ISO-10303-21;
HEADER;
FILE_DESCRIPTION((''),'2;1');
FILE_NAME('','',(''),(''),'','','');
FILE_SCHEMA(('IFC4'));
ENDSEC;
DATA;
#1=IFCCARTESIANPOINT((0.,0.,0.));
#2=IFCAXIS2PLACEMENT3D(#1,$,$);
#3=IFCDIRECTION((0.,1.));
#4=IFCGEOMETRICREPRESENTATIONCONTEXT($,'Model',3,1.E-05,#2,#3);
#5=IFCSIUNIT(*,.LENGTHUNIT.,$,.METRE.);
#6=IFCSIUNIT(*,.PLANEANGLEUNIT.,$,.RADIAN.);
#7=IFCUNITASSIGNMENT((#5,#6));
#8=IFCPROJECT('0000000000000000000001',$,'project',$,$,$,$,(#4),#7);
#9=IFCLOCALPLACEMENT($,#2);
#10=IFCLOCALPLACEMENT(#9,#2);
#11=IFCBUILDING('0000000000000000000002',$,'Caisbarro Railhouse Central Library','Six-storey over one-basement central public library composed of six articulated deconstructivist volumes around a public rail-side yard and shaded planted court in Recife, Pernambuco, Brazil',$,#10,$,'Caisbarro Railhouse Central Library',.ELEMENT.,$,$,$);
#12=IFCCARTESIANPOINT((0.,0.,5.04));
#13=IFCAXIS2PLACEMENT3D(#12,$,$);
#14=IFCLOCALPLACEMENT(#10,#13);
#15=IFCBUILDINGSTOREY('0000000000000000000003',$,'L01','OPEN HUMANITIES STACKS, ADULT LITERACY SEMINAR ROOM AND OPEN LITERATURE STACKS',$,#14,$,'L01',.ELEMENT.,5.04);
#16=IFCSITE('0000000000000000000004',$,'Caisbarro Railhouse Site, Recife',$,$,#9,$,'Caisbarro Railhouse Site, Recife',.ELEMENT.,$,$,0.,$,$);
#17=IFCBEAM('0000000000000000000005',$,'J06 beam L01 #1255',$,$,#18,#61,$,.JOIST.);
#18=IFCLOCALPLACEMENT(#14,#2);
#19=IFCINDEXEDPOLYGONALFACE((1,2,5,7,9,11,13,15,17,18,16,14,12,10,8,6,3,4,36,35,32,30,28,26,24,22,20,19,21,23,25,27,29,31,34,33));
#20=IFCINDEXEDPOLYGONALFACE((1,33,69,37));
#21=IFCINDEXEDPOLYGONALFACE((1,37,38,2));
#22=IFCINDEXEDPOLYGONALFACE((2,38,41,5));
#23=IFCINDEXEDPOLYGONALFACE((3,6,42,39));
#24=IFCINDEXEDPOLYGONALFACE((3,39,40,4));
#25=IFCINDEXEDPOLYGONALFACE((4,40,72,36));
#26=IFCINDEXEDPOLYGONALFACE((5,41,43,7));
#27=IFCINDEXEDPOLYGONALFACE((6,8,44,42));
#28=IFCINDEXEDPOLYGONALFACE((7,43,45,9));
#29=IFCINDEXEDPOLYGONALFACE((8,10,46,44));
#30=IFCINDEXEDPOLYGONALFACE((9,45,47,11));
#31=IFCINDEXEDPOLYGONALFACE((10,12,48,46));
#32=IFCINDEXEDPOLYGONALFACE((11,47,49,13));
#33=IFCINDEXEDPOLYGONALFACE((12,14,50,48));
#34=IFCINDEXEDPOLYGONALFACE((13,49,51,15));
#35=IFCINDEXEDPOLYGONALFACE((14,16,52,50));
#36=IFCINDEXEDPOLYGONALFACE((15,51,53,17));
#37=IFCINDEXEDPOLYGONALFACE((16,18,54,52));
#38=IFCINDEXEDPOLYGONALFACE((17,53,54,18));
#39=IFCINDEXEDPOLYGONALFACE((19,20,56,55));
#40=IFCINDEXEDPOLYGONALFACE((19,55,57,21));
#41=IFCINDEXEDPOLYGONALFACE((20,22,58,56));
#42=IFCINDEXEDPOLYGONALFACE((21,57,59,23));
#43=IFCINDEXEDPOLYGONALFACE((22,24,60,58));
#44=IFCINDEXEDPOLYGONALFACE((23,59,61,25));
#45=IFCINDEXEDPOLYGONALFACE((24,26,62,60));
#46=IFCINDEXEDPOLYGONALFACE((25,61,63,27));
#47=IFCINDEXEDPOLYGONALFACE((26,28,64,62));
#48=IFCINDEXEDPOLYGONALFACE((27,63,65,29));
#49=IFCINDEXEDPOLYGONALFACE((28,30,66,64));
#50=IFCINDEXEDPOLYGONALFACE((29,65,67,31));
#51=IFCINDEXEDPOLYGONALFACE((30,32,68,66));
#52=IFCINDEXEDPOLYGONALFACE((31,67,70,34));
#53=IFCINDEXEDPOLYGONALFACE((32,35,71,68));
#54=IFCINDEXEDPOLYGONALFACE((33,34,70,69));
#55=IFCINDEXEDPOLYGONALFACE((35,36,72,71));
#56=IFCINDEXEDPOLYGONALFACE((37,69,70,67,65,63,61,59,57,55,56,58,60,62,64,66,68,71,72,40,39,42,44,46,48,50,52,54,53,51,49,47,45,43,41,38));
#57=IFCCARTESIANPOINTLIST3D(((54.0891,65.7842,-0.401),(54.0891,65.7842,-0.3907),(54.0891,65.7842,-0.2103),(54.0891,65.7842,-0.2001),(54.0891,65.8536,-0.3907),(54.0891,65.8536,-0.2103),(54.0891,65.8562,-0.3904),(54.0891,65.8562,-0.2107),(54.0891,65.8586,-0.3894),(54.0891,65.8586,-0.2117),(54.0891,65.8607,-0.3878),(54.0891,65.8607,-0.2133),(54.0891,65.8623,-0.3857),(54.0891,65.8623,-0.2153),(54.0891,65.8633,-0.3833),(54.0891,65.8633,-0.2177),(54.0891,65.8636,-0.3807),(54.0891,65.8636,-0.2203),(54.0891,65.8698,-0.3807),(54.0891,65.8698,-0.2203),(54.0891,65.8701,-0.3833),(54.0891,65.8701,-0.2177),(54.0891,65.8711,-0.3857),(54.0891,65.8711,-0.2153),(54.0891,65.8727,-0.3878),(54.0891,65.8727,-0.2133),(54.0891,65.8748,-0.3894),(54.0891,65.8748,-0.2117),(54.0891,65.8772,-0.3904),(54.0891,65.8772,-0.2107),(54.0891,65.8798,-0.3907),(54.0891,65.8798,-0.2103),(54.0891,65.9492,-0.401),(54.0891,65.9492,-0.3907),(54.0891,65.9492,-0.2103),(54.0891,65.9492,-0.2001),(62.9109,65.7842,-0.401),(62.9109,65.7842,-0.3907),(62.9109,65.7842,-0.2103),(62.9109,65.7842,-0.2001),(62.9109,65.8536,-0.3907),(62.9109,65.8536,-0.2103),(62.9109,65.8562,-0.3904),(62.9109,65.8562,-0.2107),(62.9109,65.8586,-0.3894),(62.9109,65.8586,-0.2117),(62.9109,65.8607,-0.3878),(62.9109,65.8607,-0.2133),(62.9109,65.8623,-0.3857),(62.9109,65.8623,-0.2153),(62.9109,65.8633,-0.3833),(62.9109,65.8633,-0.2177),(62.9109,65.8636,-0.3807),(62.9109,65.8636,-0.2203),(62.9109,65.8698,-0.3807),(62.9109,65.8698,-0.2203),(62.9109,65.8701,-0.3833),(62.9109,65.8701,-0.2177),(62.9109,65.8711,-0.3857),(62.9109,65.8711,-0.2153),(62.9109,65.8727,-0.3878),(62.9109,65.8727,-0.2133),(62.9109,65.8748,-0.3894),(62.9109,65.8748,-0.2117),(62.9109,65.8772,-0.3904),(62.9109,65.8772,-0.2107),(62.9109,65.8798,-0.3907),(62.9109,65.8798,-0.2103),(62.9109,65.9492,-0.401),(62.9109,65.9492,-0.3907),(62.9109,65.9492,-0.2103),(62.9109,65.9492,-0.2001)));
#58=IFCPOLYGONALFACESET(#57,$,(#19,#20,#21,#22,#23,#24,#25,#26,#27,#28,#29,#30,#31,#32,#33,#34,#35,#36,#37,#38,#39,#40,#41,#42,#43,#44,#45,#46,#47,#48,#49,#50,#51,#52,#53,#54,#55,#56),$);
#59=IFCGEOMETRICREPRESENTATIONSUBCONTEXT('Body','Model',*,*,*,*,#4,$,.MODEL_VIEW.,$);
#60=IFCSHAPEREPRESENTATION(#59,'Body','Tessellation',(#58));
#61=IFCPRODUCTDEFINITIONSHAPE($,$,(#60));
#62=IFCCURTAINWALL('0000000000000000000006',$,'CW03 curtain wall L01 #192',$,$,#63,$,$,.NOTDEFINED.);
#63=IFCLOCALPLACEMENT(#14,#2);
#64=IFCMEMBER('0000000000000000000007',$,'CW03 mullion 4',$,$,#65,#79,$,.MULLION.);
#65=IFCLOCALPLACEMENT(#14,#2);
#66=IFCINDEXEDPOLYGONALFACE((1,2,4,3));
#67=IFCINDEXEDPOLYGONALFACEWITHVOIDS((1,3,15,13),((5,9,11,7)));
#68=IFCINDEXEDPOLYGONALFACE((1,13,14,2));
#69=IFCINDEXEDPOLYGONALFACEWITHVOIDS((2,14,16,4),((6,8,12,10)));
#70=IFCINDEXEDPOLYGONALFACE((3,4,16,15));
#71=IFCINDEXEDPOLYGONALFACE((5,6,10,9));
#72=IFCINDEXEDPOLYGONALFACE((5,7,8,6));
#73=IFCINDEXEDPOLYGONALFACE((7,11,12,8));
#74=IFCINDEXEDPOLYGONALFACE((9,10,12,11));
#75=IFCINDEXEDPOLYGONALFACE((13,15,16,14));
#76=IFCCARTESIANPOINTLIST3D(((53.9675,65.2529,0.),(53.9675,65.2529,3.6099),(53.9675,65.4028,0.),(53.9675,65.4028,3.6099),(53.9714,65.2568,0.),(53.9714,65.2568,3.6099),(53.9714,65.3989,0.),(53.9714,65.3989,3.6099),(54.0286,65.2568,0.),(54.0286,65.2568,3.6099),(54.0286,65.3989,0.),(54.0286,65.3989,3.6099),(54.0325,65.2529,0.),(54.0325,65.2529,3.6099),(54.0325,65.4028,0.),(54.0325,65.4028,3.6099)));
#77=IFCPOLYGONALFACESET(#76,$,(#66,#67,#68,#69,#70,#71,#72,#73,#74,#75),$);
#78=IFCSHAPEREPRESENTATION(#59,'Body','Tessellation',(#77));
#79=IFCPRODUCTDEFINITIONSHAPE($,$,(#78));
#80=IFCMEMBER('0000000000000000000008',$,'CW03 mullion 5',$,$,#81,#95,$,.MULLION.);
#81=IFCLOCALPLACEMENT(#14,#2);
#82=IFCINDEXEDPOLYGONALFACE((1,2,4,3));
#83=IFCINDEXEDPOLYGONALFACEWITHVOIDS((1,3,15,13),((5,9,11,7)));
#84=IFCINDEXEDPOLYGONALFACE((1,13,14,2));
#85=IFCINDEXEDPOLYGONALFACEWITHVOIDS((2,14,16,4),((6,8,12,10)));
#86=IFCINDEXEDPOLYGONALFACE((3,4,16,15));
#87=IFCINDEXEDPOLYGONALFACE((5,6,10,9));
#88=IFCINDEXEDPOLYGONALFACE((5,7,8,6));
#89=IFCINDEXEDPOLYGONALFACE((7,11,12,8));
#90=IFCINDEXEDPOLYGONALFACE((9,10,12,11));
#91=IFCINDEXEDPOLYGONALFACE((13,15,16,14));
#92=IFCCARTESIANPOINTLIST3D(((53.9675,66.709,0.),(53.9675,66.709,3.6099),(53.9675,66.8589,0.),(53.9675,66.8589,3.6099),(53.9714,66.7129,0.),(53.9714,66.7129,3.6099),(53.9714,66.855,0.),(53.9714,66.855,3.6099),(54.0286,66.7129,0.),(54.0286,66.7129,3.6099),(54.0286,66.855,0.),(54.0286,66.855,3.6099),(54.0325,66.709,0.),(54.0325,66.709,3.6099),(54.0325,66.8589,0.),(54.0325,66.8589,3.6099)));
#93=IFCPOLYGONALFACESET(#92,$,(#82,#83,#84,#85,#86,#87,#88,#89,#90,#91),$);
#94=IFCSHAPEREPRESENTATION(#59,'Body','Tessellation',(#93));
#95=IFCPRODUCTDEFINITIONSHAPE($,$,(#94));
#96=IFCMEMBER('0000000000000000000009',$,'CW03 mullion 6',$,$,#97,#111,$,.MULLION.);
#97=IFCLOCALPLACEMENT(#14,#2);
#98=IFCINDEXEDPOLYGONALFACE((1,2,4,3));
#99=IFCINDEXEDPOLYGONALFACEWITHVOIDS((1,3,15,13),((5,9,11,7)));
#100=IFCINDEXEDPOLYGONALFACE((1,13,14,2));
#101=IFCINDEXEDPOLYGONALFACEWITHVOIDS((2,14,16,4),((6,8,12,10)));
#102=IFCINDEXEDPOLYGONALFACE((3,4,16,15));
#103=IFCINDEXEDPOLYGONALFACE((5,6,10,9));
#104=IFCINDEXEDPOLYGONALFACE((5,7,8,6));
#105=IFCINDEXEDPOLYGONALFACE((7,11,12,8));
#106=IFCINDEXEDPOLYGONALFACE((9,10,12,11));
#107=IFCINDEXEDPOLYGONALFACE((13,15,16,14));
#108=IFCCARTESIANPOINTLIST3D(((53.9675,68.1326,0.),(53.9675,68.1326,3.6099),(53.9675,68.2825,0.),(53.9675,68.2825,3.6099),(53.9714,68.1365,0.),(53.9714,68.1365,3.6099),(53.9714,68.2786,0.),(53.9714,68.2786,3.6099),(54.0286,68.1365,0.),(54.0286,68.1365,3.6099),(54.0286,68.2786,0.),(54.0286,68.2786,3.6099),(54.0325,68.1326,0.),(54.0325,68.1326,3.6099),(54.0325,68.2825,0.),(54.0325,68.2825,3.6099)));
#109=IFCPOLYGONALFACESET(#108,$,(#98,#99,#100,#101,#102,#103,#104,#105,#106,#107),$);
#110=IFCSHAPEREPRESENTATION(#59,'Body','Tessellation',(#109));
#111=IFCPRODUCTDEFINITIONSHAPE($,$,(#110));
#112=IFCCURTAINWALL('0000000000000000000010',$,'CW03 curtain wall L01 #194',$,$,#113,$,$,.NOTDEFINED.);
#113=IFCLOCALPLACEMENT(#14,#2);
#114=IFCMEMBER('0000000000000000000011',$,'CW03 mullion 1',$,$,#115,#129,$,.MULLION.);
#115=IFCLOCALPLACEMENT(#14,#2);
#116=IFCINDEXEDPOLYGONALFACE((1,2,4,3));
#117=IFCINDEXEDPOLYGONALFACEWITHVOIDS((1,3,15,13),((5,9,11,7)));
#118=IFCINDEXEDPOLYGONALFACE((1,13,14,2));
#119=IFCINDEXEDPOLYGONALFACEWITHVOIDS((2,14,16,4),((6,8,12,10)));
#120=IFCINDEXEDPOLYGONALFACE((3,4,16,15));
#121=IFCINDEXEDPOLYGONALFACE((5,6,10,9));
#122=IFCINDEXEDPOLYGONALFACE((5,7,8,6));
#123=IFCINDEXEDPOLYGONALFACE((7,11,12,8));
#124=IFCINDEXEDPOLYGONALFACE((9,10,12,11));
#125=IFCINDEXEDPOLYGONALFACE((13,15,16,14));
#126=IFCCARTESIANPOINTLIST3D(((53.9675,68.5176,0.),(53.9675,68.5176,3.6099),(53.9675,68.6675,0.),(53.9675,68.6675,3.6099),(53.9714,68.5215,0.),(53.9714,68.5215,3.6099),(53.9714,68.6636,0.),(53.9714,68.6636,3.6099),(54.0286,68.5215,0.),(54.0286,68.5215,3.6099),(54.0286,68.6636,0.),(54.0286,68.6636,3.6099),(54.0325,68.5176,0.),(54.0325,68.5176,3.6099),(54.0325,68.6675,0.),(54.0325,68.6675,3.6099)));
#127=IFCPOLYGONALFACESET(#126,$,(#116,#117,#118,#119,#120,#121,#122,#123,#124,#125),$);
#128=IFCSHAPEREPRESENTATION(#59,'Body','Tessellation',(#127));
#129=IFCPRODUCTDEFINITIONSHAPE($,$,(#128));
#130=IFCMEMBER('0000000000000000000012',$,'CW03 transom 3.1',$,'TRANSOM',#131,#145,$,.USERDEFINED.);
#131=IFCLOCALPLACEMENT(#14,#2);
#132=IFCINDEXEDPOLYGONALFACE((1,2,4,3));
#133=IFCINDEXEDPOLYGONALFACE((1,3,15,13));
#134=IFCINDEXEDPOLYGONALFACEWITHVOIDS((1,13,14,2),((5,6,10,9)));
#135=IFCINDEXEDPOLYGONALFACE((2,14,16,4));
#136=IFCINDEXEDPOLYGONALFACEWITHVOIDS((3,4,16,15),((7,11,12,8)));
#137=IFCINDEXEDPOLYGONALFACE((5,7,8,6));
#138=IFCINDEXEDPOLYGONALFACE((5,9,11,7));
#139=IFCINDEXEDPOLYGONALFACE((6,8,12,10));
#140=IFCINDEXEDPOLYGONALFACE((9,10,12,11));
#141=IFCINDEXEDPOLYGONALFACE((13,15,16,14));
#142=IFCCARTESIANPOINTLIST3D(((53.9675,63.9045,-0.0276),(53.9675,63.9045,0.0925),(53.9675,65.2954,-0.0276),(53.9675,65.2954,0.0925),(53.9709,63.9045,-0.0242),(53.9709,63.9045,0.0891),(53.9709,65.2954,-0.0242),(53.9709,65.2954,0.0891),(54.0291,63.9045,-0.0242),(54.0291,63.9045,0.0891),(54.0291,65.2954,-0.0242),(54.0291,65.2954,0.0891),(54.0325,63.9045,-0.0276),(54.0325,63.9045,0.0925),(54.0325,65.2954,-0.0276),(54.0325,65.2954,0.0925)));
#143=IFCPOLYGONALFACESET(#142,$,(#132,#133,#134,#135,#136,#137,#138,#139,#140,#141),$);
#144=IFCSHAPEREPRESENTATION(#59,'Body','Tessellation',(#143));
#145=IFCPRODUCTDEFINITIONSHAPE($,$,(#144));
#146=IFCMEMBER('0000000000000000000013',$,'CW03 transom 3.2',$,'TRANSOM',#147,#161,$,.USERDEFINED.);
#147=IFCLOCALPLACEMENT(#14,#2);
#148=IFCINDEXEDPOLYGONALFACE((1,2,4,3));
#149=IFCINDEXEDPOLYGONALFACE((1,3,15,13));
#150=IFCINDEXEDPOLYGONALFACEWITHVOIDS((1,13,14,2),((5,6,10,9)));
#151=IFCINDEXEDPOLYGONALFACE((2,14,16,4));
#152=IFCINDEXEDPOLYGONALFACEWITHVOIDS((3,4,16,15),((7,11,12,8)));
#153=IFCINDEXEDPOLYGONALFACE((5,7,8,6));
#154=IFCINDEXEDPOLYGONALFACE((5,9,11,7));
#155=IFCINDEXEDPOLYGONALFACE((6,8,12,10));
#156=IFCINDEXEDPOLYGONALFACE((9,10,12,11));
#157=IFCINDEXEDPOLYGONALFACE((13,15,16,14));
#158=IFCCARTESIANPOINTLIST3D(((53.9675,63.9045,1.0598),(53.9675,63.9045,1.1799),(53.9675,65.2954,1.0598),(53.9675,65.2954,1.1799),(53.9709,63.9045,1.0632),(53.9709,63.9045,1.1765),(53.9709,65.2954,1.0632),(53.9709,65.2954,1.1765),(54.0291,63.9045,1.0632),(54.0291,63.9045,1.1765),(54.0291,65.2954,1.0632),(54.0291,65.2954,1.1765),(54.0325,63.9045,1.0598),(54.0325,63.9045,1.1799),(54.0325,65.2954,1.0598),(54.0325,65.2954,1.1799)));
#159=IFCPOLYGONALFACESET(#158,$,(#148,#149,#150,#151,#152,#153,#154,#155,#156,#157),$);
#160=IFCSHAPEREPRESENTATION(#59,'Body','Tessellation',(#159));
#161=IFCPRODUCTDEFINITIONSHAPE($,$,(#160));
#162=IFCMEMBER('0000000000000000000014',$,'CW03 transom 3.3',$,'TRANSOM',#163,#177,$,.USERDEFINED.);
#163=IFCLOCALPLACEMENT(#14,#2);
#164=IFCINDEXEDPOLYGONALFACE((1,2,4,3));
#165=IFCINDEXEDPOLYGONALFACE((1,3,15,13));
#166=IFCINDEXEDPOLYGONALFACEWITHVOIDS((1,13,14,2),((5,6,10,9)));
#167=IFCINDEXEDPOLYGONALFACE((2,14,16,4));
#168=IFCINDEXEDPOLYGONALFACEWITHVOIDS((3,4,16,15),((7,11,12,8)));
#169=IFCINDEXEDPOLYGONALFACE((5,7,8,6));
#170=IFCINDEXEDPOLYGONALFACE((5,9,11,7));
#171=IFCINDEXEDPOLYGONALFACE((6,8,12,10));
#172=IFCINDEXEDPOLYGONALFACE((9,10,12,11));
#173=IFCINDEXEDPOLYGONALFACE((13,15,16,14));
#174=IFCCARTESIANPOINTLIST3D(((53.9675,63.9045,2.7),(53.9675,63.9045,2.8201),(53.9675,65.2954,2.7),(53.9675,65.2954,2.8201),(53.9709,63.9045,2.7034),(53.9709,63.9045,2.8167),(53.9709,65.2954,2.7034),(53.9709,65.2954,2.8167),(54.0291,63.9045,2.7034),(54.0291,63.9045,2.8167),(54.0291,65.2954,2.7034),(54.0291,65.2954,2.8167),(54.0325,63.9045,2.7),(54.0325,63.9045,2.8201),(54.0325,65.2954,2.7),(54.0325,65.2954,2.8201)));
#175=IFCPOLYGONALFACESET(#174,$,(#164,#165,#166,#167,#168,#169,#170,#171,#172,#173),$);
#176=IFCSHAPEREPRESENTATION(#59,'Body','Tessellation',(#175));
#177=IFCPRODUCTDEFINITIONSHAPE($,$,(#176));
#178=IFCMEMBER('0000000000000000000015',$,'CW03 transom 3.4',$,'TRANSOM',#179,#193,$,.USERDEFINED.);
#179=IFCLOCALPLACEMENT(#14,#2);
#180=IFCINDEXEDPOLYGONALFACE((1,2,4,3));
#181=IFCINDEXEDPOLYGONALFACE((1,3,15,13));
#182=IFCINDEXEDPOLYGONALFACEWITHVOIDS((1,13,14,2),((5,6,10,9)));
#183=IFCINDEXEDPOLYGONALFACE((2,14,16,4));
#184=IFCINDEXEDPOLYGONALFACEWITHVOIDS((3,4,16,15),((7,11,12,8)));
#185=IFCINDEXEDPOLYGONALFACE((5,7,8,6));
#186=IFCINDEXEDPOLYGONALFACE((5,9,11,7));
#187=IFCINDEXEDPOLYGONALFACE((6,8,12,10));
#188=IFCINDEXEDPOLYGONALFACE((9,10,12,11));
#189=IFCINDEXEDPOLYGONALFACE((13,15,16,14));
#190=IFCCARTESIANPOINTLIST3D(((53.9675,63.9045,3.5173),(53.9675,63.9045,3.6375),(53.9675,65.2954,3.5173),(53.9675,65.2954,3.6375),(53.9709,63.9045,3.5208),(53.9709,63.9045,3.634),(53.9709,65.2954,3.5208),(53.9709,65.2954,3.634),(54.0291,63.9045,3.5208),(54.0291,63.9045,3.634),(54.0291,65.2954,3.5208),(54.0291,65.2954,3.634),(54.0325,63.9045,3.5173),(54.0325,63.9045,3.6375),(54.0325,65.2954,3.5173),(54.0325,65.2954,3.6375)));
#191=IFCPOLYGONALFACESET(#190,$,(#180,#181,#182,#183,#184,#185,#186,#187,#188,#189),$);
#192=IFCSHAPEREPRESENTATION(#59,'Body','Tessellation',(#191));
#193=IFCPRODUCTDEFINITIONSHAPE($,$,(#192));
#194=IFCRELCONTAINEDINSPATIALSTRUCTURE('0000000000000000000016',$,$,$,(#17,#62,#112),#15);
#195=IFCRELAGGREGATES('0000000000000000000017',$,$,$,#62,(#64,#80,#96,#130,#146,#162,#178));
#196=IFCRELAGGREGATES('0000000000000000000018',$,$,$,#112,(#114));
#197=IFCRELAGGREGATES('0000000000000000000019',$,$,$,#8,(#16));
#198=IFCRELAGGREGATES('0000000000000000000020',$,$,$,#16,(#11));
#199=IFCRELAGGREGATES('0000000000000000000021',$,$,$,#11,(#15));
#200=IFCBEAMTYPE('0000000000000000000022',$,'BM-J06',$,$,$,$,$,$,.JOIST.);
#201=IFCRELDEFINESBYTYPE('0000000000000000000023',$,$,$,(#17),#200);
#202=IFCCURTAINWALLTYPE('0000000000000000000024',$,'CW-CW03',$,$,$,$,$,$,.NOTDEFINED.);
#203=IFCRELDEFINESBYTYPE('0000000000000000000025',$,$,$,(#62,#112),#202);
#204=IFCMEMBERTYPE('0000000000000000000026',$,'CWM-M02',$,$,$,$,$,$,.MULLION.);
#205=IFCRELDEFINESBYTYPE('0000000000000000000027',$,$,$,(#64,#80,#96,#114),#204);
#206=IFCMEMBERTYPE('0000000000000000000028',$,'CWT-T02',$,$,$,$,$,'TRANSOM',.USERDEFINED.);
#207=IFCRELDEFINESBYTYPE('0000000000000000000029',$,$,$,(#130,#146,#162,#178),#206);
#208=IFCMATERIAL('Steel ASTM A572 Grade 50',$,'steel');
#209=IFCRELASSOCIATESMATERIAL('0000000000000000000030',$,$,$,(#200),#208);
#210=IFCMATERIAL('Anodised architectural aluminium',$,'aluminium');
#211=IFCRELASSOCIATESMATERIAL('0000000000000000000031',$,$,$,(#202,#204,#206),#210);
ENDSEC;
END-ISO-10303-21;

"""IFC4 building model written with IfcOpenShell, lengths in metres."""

from ifc_helpers import new_model, si_unit, direction, frame, origin, origin_2d, place, context, subcontext, project, spatial, hollow_rectangle, i_section, extrude, material, material_profile, profile_set, type_object, element, aggregate, save


model = new_model("IFC4")

# Units and contexts
model_context = context("Model", 3, precision=1e-05, world=origin(), true_north=direction((0.0, 1.0)))
body_context = subcontext(model_context, "Body", "Model", "MODEL_VIEW")
ifc_project = project(units=[si_unit("LENGTHUNIT", "METRE"), si_unit("PLANEANGLEUNIT", "RADIAN")], contexts=[model_context])

# Site, building, storey
site_placement = place(None, origin())
site = spatial("IfcSite", under=ifc_project, at=site_placement, Name="Caisbarro Railhouse Site, Recife", LongName="Caisbarro Railhouse Site, Recife", CompositionType="ELEMENT", RefElevation=0.0)
building_placement = place(site_placement, origin())
building = spatial("IfcBuilding", under=site, at=building_placement, Name="Caisbarro Railhouse Central Library", Description="Six-storey over one-basement central public library composed of six articulated deconstructivist volumes around a public rail-side yard and shaded planted court in Recife, Pernambuco, Brazil", LongName="Caisbarro Railhouse Central Library", CompositionType="ELEMENT")
storey_placement = place(building_placement, frame((0.0, 0.0, 5.04)))
storey = spatial("IfcBuildingStorey", under=building, at=storey_placement, Name="L01", Description="OPEN HUMANITIES STACKS, ADULT LITERACY SEMINAR ROOM AND OPEN LITERATURE STACKS", LongName="L01", CompositionType="ELEMENT", Elevation=5.04)

# Shared definitions
ifc_material_1 = material(Name="Steel ASTM A572 Grade 50", Category="steel")

# Beam
ifc_material_profile_1 = material_profile(ifc_material_1, i_section(OverallWidth=0.165, OverallDepth=0.2009, WebThickness=0.0061, FlangeThickness=0.0103, FilletRadius=0.01, at=origin_2d()), Name="W200X35.9")
ifc_profile_set_1 = profile_set([ifc_material_profile_1], Name="Steel ASTM A572 Grade 50")
beam_type_1 = type_object("IfcBeamType", Name="BM-J06", PredefinedType="JOIST", material=ifc_profile_set_1)
beam_1_placement = place(storey_placement, frame((54.0891, 65.8667, -0.3005), z_axis=(1.0, 0.0, 0.0), x_axis=(0.0, 1.0, 0.0)))
element("IfcBeam", 1, at=beam_1_placement, inside=storey, type_object=beam_type_1, Name="J06 beam L01 #1255", PredefinedType="JOIST", context=body_context, shape_type="SweptSolid", body=[
    extrude(i_section(OverallWidth=0.165, OverallDepth=0.2009, WebThickness=0.0061, FlangeThickness=0.0103, FilletRadius=0.01, at=origin_2d()), origin(), (0.0, 0.0, 1.0), 8.8218),
])

# Curtain wall, members
ifc_material_2 = material(Name="Anodised architectural aluminium", Category="aluminium")
curtain_wall_type = type_object("IfcCurtainWallType", Name="CW-CW03", PredefinedType="NOTDEFINED", material=ifc_material_2)
curtain_wall_1_placement = place(storey_placement, origin())
curtain_wall_1 = element("IfcCurtainWall", 2, at=curtain_wall_1_placement, inside=storey, type_object=curtain_wall_type, Name="CW03 curtain wall L01 #192", PredefinedType="NOTDEFINED")
ifc_material_profile_2 = material_profile(ifc_material_2, hollow_rectangle(XDim=0.0649, YDim=0.1499, WallThickness=0.0039, at=origin_2d()), Name="ALU-MUL-65X150")
ifc_profile_set_2 = profile_set([ifc_material_profile_2], Name="Anodised architectural aluminium")
member_type_1 = type_object("IfcMemberType", Name="CWM-M02", PredefinedType="MULLION", material=ifc_profile_set_2)
member_1_placement = place(storey_placement, frame((54.0, 65.3279, 0.0), z_axis=(0.0, 0.0, 1.0), x_axis=(-1.0, 0.0, 0.0)))
member_1 = element("IfcMember", 3, at=member_1_placement, type_object=member_type_1, Name="CW03 mullion 4", PredefinedType="MULLION", context=body_context, shape_type="SweptSolid", body=[
    extrude(hollow_rectangle(XDim=0.0649, YDim=0.1499, WallThickness=0.0039, at=origin_2d()), origin(), (0.0, 0.0, 1.0), 3.6099),
])
member_2_placement = place(storey_placement, frame((54.0, 66.7839, 0.0), z_axis=(0.0, 0.0, 1.0), x_axis=(-1.0, 0.0, 0.0)))
member_2 = element("IfcMember", 4, at=member_2_placement, type_object=member_type_1, Name="CW03 mullion 5", PredefinedType="MULLION", context=body_context, shape_type="SweptSolid", body=[
    extrude(hollow_rectangle(XDim=0.0649, YDim=0.1499, WallThickness=0.0039, at=origin_2d()), origin(), (0.0, 0.0, 1.0), 3.6099),
])
member_3_placement = place(storey_placement, frame((54.0, 68.2075, 0.0), z_axis=(0.0, 0.0, 1.0), x_axis=(-1.0, 0.0, 0.0)))
member_3 = element("IfcMember", 5, at=member_3_placement, type_object=member_type_1, Name="CW03 mullion 6", PredefinedType="MULLION", context=body_context, shape_type="SweptSolid", body=[
    extrude(hollow_rectangle(XDim=0.0649, YDim=0.1499, WallThickness=0.0039, at=origin_2d()), origin(), (0.0, 0.0, 1.0), 3.6099),
])

# Curtain wall, member
curtain_wall_2_placement = place(storey_placement, origin())
curtain_wall_2 = element("IfcCurtainWall", 6, at=curtain_wall_2_placement, inside=storey, type_object=curtain_wall_type, Name="CW03 curtain wall L01 #194", PredefinedType="NOTDEFINED")
member_4_placement = place(storey_placement, frame((54.0, 68.5925, 0.0), z_axis=(0.0, 0.0, 1.0), x_axis=(-1.0, 0.0, 0.0)))
member_4 = element("IfcMember", 7, at=member_4_placement, type_object=member_type_1, Name="CW03 mullion 1", PredefinedType="MULLION", context=body_context, shape_type="SweptSolid", body=[
    extrude(hollow_rectangle(XDim=0.0649, YDim=0.1499, WallThickness=0.0039, at=origin_2d()), origin(), (0.0, 0.0, 1.0), 3.6099),
])

# Members
ifc_material_profile_3 = material_profile(ifc_material_2, hollow_rectangle(XDim=0.0649, YDim=0.1201, WallThickness=0.0034, at=origin_2d()), Name="ALU-TRN-65X120")
ifc_profile_set_3 = profile_set([ifc_material_profile_3], Name="Anodised architectural aluminium")
member_type_2 = type_object("IfcMemberType", Name="CWT-T02", ElementType="TRANSOM", PredefinedType="USERDEFINED", material=ifc_profile_set_3)
member_5_placement = place(storey_placement, frame((54.0, 63.9045, 0.0325), z_axis=(0.0, 1.0, 0.0), x_axis=(-1.0, 0.0, 0.0)))
member_5 = element("IfcMember", 8, at=member_5_placement, type_object=member_type_2, Name="CW03 transom 3.1", ObjectType="TRANSOM", PredefinedType="USERDEFINED", context=body_context, shape_type="SweptSolid", body=[
    extrude(hollow_rectangle(XDim=0.0649, YDim=0.1201, WallThickness=0.0034, at=origin_2d()), origin(), (0.0, 0.0, 1.0), 1.3909),
])
member_6_placement = place(storey_placement, frame((54.0, 63.9045, 1.1199), z_axis=(0.0, 1.0, 0.0), x_axis=(-1.0, 0.0, 0.0)))
member_6 = element("IfcMember", 9, at=member_6_placement, type_object=member_type_2, Name="CW03 transom 3.2", ObjectType="TRANSOM", PredefinedType="USERDEFINED", context=body_context, shape_type="SweptSolid", body=[
    extrude(hollow_rectangle(XDim=0.0649, YDim=0.1201, WallThickness=0.0034, at=origin_2d()), origin(), (0.0, 0.0, 1.0), 1.3909),
])
member_7_placement = place(storey_placement, frame((54.0, 63.9045, 2.76), z_axis=(0.0, 1.0, 0.0), x_axis=(-1.0, 0.0, 0.0)))
member_7 = element("IfcMember", 10, at=member_7_placement, type_object=member_type_2, Name="CW03 transom 3.3", ObjectType="TRANSOM", PredefinedType="USERDEFINED", context=body_context, shape_type="SweptSolid", body=[
    extrude(hollow_rectangle(XDim=0.0649, YDim=0.1201, WallThickness=0.0034, at=origin_2d()), origin(), (0.0, 0.0, 1.0), 1.3909),
])
member_8_placement = place(storey_placement, frame((54.0, 63.9045, 3.5774), z_axis=(0.0, 1.0, 0.0), x_axis=(-1.0, 0.0, 0.0)))
member_8 = element("IfcMember", 11, at=member_8_placement, type_object=member_type_2, Name="CW03 transom 3.4", ObjectType="TRANSOM", PredefinedType="USERDEFINED", context=body_context, shape_type="SweptSolid", body=[
    extrude(hollow_rectangle(XDim=0.0649, YDim=0.1201, WallThickness=0.0034, at=origin_2d()), origin(), (0.0, 0.0, 1.0), 1.3909),
])

aggregate(curtain_wall_1, [member_1, member_2, member_3, member_5, member_6, member_7, member_8])
aggregate(curtain_wall_2, [member_4])

save(model, "model.ifc")
